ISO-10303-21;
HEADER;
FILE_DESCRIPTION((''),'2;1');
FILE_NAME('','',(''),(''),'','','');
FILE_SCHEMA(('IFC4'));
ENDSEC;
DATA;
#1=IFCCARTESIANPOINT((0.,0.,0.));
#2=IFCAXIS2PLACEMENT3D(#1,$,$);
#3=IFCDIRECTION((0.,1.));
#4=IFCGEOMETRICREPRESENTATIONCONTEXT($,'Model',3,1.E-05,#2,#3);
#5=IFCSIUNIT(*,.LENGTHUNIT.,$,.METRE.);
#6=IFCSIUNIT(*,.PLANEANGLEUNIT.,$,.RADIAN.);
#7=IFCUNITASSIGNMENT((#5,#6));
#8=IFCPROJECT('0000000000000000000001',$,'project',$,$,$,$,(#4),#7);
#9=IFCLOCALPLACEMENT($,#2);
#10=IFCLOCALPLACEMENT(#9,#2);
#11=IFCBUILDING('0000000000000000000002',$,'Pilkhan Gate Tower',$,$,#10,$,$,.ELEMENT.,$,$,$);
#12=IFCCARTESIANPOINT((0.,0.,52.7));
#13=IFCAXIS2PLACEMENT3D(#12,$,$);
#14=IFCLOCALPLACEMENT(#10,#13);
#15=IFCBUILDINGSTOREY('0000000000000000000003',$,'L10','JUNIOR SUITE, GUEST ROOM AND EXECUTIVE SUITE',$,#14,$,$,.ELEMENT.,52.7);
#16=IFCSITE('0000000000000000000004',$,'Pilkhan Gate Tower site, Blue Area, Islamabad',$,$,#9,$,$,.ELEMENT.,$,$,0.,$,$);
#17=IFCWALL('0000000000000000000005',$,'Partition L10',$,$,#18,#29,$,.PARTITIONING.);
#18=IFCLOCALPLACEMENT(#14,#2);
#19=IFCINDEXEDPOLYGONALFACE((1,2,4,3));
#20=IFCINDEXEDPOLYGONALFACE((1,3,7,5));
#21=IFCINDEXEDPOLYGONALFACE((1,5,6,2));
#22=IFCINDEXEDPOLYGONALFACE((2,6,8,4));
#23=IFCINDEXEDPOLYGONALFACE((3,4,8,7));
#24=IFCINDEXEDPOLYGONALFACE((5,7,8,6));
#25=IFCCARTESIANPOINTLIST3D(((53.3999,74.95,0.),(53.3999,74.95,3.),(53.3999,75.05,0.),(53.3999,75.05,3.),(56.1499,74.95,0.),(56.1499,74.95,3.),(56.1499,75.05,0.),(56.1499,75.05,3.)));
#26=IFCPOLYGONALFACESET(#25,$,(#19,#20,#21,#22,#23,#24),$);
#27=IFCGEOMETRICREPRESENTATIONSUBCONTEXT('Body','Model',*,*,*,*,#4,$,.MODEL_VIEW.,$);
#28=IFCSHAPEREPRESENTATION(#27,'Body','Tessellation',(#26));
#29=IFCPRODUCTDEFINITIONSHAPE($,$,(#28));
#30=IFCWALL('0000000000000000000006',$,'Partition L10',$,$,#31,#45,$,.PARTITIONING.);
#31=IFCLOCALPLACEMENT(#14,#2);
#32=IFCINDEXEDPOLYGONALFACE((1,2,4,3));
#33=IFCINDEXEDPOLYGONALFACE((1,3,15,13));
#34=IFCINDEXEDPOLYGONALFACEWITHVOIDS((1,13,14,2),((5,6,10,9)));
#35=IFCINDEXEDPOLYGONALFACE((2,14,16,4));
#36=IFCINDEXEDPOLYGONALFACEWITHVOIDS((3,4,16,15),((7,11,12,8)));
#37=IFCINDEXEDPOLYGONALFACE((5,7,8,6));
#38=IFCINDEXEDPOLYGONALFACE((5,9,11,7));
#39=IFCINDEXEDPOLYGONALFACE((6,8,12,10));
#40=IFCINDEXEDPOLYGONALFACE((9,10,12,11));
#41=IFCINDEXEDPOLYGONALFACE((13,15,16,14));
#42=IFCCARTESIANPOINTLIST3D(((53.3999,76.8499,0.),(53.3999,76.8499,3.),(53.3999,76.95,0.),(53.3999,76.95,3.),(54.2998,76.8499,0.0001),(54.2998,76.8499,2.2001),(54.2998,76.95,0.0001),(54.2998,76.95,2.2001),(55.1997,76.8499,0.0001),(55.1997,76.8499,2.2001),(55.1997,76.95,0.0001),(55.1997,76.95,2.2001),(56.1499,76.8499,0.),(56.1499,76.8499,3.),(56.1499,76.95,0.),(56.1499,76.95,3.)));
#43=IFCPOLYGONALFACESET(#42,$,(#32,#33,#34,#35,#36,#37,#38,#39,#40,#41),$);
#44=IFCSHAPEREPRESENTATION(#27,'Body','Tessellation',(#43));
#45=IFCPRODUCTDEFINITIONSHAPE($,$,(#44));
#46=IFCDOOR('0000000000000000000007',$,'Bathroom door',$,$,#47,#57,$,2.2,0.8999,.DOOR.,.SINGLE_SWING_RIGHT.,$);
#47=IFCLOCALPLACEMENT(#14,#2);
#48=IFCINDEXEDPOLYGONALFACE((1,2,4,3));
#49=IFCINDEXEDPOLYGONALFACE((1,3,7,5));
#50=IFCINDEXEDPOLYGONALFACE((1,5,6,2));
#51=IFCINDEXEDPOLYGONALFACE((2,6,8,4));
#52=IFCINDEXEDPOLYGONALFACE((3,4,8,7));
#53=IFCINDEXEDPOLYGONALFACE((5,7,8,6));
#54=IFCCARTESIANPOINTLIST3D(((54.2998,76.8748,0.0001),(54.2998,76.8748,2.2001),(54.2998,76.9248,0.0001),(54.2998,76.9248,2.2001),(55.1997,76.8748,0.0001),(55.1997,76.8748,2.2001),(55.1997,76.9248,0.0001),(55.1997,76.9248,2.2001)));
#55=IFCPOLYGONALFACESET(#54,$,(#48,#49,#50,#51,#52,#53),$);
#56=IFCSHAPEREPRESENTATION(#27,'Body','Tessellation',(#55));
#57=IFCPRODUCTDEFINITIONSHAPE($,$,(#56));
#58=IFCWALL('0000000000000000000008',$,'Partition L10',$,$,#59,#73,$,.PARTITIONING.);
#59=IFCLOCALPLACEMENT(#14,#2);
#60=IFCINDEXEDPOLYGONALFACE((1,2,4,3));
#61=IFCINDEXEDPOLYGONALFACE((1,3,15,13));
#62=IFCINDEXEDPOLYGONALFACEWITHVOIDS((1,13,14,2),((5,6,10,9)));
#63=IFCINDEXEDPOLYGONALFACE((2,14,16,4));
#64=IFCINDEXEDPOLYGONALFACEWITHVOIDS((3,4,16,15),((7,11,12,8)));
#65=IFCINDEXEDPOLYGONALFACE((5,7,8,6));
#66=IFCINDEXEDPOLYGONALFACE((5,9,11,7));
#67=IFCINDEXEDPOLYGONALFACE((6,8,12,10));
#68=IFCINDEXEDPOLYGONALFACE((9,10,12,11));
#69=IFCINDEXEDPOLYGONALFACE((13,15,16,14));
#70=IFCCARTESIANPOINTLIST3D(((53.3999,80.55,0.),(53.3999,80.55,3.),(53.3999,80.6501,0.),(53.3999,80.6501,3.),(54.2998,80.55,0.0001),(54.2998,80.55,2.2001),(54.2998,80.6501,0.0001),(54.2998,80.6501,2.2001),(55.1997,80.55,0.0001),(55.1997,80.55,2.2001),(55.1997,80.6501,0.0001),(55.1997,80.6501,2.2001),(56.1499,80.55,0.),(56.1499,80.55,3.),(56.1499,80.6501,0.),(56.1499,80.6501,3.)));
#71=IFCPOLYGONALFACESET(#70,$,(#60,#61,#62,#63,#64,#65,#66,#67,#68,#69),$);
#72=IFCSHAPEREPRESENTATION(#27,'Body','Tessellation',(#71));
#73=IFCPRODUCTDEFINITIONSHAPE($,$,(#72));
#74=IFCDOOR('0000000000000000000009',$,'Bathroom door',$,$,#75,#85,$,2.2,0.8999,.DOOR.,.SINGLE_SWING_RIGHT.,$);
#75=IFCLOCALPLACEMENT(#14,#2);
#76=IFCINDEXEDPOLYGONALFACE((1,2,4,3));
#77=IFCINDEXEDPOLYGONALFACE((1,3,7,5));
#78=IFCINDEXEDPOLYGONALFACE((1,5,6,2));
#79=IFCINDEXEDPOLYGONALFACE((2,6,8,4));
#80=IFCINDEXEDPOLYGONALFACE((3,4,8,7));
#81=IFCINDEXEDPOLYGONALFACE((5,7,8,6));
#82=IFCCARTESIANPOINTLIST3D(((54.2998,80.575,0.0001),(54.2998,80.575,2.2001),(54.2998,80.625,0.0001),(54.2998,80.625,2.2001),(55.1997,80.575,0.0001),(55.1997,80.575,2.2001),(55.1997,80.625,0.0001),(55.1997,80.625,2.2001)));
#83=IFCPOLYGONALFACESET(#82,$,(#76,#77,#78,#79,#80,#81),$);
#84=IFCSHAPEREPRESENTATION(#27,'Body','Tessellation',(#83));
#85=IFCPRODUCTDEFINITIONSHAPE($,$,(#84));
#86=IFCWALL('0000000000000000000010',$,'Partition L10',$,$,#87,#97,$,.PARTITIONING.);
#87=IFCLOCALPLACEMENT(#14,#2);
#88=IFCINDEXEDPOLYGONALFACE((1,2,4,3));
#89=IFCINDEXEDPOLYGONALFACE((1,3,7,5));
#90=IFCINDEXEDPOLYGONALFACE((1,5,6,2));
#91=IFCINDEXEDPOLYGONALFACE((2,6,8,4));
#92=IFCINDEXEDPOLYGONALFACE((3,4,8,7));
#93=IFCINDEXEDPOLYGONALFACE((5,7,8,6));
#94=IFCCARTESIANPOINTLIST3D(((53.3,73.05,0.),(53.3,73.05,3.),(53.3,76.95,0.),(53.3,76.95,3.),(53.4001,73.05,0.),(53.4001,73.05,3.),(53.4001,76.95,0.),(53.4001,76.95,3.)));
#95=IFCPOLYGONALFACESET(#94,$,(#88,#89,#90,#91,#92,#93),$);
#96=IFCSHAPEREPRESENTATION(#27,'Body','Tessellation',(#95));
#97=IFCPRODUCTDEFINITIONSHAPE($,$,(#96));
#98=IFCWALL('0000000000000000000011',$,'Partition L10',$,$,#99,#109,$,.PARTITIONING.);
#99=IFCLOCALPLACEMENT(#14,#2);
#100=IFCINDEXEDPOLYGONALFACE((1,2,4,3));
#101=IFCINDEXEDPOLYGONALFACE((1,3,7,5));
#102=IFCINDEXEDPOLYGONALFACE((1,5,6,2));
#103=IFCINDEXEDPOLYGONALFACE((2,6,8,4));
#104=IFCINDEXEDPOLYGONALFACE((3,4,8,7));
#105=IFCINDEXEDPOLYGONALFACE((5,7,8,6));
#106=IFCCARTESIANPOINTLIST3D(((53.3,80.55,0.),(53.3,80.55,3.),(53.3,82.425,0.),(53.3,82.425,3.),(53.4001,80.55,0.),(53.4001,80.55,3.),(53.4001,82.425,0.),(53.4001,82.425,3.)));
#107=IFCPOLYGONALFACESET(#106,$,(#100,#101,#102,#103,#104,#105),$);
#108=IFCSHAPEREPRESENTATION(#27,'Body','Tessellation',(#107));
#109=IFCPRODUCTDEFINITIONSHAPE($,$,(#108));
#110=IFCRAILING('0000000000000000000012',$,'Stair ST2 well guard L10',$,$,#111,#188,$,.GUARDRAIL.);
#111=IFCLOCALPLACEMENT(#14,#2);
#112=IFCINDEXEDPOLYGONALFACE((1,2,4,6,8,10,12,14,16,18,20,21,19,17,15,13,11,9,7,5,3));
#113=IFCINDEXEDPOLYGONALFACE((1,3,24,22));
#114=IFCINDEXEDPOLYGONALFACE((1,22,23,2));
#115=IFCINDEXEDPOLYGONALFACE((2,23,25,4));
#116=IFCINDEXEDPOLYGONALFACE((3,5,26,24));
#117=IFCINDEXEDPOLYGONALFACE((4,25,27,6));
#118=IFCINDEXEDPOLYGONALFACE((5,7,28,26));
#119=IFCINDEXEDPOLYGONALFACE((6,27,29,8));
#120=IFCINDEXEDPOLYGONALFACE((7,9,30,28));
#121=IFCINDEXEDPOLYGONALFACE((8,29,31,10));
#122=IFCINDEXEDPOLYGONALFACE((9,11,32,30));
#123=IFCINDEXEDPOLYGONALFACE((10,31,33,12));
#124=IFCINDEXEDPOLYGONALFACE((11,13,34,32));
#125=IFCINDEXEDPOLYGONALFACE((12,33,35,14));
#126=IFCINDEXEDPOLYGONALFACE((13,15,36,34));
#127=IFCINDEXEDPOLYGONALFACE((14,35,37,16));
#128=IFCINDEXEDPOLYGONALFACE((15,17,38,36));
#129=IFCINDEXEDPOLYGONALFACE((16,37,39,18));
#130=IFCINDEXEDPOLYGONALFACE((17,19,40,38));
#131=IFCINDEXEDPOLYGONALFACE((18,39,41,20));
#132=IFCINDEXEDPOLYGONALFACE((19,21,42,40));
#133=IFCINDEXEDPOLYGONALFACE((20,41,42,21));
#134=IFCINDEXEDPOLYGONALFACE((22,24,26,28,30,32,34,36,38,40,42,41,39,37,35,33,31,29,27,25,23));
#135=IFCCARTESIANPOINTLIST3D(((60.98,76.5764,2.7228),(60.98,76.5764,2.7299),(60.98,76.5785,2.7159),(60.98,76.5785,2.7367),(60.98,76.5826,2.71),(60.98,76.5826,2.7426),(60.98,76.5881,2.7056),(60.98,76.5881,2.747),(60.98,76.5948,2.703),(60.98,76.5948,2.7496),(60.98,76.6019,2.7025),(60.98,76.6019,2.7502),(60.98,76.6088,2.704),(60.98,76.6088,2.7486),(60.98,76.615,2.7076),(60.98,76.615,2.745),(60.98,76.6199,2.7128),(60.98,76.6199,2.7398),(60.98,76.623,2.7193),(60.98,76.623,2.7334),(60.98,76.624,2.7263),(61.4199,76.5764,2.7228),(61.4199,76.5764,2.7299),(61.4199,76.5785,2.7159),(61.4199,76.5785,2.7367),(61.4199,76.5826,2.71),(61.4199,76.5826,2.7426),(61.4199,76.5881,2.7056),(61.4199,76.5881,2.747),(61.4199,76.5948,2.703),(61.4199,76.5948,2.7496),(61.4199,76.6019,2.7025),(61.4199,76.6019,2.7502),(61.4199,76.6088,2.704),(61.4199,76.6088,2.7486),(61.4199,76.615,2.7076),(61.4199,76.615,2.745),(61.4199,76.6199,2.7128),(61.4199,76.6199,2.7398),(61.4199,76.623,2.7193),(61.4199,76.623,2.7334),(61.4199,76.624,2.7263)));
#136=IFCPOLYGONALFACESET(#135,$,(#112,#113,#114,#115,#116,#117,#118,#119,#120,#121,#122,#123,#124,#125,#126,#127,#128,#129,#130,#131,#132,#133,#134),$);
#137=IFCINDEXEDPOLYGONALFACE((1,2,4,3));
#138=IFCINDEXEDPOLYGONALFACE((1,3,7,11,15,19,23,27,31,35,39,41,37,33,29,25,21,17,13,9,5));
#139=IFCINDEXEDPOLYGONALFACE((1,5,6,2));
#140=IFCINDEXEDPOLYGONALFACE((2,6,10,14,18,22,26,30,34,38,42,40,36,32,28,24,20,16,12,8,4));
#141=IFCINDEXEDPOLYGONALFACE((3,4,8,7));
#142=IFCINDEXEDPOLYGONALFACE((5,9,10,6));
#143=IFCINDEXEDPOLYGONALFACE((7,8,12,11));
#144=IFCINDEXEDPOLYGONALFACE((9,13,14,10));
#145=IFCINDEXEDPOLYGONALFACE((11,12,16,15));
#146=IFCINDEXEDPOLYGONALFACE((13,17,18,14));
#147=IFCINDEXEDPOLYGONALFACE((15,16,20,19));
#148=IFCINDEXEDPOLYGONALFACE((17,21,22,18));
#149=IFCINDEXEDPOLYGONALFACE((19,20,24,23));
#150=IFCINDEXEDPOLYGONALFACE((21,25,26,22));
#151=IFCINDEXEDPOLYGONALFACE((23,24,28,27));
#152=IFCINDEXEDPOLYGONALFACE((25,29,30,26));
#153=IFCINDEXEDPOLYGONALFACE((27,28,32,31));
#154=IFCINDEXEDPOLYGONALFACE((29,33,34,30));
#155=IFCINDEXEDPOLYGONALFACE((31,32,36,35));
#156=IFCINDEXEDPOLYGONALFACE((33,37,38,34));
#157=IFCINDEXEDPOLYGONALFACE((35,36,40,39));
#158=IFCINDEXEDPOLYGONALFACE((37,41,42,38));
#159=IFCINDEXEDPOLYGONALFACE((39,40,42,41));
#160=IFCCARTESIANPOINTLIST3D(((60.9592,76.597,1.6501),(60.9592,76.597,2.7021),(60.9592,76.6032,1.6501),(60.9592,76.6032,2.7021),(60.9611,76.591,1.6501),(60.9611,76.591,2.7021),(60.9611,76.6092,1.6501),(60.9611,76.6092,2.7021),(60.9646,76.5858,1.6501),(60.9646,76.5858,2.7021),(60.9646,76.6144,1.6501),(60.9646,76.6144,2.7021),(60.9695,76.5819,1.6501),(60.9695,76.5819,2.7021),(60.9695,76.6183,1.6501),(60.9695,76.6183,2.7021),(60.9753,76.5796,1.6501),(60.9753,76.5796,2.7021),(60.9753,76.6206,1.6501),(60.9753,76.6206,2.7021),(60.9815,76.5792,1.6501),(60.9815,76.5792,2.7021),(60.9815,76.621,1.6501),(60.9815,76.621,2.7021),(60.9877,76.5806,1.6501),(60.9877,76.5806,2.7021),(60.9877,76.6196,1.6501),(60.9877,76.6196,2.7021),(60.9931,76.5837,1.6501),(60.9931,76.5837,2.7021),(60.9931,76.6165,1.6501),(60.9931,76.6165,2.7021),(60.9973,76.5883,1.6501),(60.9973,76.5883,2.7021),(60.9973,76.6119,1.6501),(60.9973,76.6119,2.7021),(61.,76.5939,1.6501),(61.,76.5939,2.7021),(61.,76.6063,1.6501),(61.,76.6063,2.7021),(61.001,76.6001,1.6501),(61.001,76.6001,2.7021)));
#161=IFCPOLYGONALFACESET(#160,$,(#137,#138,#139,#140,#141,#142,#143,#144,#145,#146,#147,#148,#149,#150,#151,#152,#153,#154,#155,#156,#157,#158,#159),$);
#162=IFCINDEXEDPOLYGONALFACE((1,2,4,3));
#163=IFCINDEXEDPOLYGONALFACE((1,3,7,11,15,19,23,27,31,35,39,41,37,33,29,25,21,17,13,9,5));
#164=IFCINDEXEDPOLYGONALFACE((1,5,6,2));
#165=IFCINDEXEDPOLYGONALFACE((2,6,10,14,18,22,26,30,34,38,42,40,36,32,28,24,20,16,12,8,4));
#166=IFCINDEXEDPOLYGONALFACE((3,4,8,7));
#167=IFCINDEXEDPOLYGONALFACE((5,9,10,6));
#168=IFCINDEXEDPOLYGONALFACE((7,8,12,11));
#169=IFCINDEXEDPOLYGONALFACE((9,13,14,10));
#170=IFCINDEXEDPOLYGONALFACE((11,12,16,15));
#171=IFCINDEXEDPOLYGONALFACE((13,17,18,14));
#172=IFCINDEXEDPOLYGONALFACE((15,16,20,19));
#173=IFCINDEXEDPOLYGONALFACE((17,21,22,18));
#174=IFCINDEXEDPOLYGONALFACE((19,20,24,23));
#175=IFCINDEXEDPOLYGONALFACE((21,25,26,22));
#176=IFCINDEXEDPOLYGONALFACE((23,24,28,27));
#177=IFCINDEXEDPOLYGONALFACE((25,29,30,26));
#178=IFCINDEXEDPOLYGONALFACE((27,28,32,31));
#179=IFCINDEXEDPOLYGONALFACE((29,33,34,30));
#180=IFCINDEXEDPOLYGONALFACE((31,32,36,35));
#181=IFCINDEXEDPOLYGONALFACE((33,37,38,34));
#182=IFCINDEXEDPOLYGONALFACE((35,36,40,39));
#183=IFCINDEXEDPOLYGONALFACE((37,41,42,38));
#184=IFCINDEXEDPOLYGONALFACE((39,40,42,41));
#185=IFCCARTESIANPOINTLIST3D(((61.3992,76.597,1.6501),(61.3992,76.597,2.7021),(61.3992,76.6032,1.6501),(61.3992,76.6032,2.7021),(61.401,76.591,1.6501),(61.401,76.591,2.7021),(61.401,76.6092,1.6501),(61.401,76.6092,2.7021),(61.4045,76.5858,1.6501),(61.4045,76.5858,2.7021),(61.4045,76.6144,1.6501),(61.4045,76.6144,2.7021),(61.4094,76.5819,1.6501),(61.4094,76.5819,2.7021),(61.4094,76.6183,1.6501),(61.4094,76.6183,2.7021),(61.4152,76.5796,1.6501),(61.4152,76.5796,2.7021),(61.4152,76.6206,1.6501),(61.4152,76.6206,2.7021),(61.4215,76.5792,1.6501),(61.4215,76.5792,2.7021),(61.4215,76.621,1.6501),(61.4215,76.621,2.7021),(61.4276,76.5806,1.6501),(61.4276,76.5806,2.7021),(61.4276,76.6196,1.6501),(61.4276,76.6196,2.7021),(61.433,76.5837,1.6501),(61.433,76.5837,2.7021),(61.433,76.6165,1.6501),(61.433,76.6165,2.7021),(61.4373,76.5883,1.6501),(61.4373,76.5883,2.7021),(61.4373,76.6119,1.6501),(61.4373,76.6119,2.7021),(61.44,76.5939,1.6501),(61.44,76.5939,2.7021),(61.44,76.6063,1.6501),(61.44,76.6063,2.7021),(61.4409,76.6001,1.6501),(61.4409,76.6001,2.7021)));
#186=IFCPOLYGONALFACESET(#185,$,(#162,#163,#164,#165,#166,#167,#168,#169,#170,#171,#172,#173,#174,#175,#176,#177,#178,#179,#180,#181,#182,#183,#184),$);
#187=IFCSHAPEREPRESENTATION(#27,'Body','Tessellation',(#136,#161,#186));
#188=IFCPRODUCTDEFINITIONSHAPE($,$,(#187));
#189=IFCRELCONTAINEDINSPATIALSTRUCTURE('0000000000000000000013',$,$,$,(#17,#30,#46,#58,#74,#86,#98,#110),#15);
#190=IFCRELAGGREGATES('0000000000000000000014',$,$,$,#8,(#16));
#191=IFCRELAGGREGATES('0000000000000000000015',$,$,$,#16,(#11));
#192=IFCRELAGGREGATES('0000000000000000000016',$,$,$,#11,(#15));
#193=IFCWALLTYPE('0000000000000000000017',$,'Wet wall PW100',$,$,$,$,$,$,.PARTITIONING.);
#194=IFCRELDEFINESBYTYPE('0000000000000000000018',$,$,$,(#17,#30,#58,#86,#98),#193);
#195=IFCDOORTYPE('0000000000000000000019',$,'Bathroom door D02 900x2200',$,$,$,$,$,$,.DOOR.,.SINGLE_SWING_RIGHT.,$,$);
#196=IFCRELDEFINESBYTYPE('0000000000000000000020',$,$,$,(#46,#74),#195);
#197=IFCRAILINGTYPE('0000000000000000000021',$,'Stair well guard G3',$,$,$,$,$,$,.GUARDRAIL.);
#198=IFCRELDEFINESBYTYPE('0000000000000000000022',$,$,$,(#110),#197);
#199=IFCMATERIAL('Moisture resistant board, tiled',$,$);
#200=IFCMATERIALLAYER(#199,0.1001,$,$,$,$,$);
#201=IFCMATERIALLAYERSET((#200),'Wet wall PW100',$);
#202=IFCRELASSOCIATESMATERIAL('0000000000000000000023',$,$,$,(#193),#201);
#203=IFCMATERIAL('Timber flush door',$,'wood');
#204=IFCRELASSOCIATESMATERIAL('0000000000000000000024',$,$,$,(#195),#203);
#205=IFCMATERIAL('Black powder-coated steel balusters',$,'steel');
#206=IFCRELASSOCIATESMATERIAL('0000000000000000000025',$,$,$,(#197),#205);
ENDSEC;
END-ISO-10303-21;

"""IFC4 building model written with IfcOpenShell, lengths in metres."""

from ifc_helpers import new_model, si_unit, direction, frame, frame_2d, origin, origin_2d, place, context, subcontext, project, spatial, rectangle, circle, extrude, material, layer, layer_set, type_object, element, fill, save


model = new_model("IFC4")

# Units and contexts
model_context = context("Model", 3, precision=1e-05, world=origin(), true_north=direction((0.0, 1.0)))
body_context = subcontext(model_context, "Body", "Model", "MODEL_VIEW")
ifc_project = project(units=[si_unit("LENGTHUNIT", "METRE"), si_unit("PLANEANGLEUNIT", "RADIAN")], contexts=[model_context])

# Site, building, storey
site_placement = place(None, origin())
site = spatial("IfcSite", under=ifc_project, at=site_placement, Name="Pilkhan Gate Tower site, Blue Area, Islamabad", CompositionType="ELEMENT", RefElevation=0.0)
building_placement = place(site_placement, origin())
building = spatial("IfcBuilding", under=site, at=building_placement, Name="Pilkhan Gate Tower", CompositionType="ELEMENT")
storey_placement = place(building_placement, frame((0.0, 0.0, 52.7)))
storey = spatial("IfcBuildingStorey", under=building, at=storey_placement, Name="L10", Description="JUNIOR SUITE, GUEST ROOM AND EXECUTIVE SUITE", CompositionType="ELEMENT", Elevation=52.7)

# Shared definitions
ifc_material_1 = material(Name="Moisture resistant board, tiled")
ifc_layer_1 = layer(ifc_material_1, 0.1001)
ifc_layer_set_1 = layer_set([ifc_layer_1], Name="Wet wall PW100")
wall_type_1 = type_object("IfcWallType", Name="Wet wall PW100", PredefinedType="PARTITIONING", material=ifc_layer_set_1)
ifc_material_2 = material(Name="Timber flush door", Category="wood")
door_type = type_object("IfcDoorType", Name="Bathroom door D02 900x2200", OperationType="SINGLE_SWING_RIGHT", PredefinedType="DOOR", material=ifc_material_2)

# Wall
wall_1_placement = place(storey_placement, frame((53.3999, 75.0, 0.0), z_axis=(0.0, 0.0, 1.0), x_axis=(1.0, 0.0, 0.0)))
element("IfcWall", 1, at=wall_1_placement, inside=storey, type_object=wall_type_1, Name="Partition L10", PredefinedType="PARTITIONING", context=body_context, shape_type="SweptSolid", body=[
    extrude(rectangle(XDim=2.75, YDim=0.1001, at=frame_2d((1.375, 0.0))), origin(), (0.0, 0.0, 1.0), 3.0),
])

# Walls, openings, doors
wall_2_placement = place(storey_placement, frame((53.3999, 76.8999, 0.0), z_axis=(0.0, 0.0, 1.0), x_axis=(1.0, 0.0, 0.0)))
wall_2 = element("IfcWall", 2, at=wall_2_placement, inside=storey, type_object=wall_type_1, Name="Partition L10", PredefinedType="PARTITIONING", context=body_context, shape_type="SweptSolid", body=[
    extrude(rectangle(XDim=2.75, YDim=0.1001, at=frame_2d((1.375, 0.0))), origin(), (0.0, 0.0, 1.0), 3.0),
])
opening_1_placement = place(wall_2_placement, frame((0.8999, 0.0, 0.0)))
opening_1 = element("IfcOpeningElement", 3, at=opening_1_placement, cuts=wall_2, PredefinedType="OPENING", context=body_context, shape_type="SweptSolid", body=[
    extrude(rectangle(XDim=0.8999, YDim=2.2, at=frame_2d((0.45, 1.1001))), frame((0.0, 0.0601, 0.0), z_axis=(0.0, -1.0, 0.0), x_axis=(1.0, 0.0, 0.0)), (0.0, 0.0, 1.0), 0.1201),
])
door_1_placement = place(opening_1_placement, origin())
door_1 = element("IfcDoor", 4, at=door_1_placement, inside=storey, type_object=door_type, Name="Bathroom door", OperationType="SINGLE_SWING_RIGHT", OverallHeight=2.2, OverallWidth=0.8999, PredefinedType="DOOR", context=body_context, shape_type="SweptSolid", body=[
    extrude(rectangle(XDim=0.8999, YDim=2.2, at=frame_2d((0.45, 1.1001))), frame((0.0, 0.0249, 0.0), z_axis=(0.0, -1.0, 0.0), x_axis=(1.0, 0.0, 0.0)), (0.0, 0.0, 1.0), 0.05),
])
fill(opening_1, door_1)
wall_3_placement = place(storey_placement, frame((53.3999, 80.6001, 0.0), z_axis=(0.0, 0.0, 1.0), x_axis=(1.0, 0.0, 0.0)))
wall_3 = element("IfcWall", 5, at=wall_3_placement, inside=storey, type_object=wall_type_1, Name="Partition L10", PredefinedType="PARTITIONING", context=body_context, shape_type="SweptSolid", body=[
    extrude(rectangle(XDim=2.75, YDim=0.1001, at=frame_2d((1.375, 0.0))), origin(), (0.0, 0.0, 1.0), 3.0),
])
opening_2_placement = place(wall_3_placement, frame((0.8999, 0.0, 0.0)))
opening_2 = element("IfcOpeningElement", 6, at=opening_2_placement, cuts=wall_3, PredefinedType="OPENING", context=body_context, shape_type="SweptSolid", body=[
    extrude(rectangle(XDim=0.8999, YDim=2.2, at=frame_2d((0.45, 1.1001))), frame((0.0, 0.0601, 0.0), z_axis=(0.0, -1.0, 0.0), x_axis=(1.0, 0.0, 0.0)), (0.0, 0.0, 1.0), 0.1201),
])
door_2_placement = place(opening_2_placement, origin())
door_2 = element("IfcDoor", 7, at=door_2_placement, inside=storey, type_object=door_type, Name="Bathroom door", OperationType="SINGLE_SWING_RIGHT", OverallHeight=2.2, OverallWidth=0.8999, PredefinedType="DOOR", context=body_context, shape_type="SweptSolid", body=[
    extrude(rectangle(XDim=0.8999, YDim=2.2, at=frame_2d((0.45, 1.1001))), frame((0.0, 0.0249, 0.0), z_axis=(0.0, -1.0, 0.0), x_axis=(1.0, 0.0, 0.0)), (0.0, 0.0, 1.0), 0.05),
])
fill(opening_2, door_2)

# Walls
wall_4_placement = place(storey_placement, frame((53.3501, 73.05, 0.0), z_axis=(0.0, 0.0, 1.0), x_axis=(0.0, 1.0, 0.0)))
element("IfcWall", 8, at=wall_4_placement, inside=storey, type_object=wall_type_1, Name="Partition L10", PredefinedType="PARTITIONING", context=body_context, shape_type="SweptSolid", body=[
    extrude(rectangle(XDim=3.8999, YDim=0.1001, at=frame_2d((1.95, 0.0))), origin(), (0.0, 0.0, 1.0), 3.0),
])
wall_5_placement = place(storey_placement, frame((53.3501, 80.55, 0.0), z_axis=(0.0, 0.0, 1.0), x_axis=(0.0, 1.0, 0.0)))
element("IfcWall", 9, at=wall_5_placement, inside=storey, type_object=wall_type_1, Name="Partition L10", PredefinedType="PARTITIONING", context=body_context, shape_type="SweptSolid", body=[
    extrude(rectangle(XDim=1.875, YDim=0.1001, at=frame_2d((0.9375, 0.0))), origin(), (0.0, 0.0, 1.0), 3.0),
])

# Railing
ifc_material_3 = material(Name="Black powder-coated steel balusters", Category="steel")
railing_type = type_object("IfcRailingType", Name="Stair well guard G3", PredefinedType="GUARDRAIL", material=ifc_material_3)
railing_placement = place(storey_placement, frame((60.98, 76.6001, 1.6501)))
element("IfcRailing", 10, at=railing_placement, inside=storey, type_object=railing_type, Name="Stair ST2 well guard L10", PredefinedType="GUARDRAIL", context=body_context, shape_type="SweptSolid", body=[
    extrude(circle(Radius=0.0239, at=origin_2d()), frame((0.0, 0.0, 1.0762), z_axis=(1.0, 0.0, 0.0), x_axis=(0.0, 1.0, 0.0)), (0.0, 0.0, 1.0), 0.4399),
    extrude(circle(Radius=0.021, at=origin_2d()), origin(), (0.0, 0.0, 1.0), 1.052),
    extrude(circle(Radius=0.021, at=origin_2d()), frame((0.4399, 0.0, 0.0)), (0.0, 0.0, 1.0), 1.052),
])

save(model, "model.ifc")
